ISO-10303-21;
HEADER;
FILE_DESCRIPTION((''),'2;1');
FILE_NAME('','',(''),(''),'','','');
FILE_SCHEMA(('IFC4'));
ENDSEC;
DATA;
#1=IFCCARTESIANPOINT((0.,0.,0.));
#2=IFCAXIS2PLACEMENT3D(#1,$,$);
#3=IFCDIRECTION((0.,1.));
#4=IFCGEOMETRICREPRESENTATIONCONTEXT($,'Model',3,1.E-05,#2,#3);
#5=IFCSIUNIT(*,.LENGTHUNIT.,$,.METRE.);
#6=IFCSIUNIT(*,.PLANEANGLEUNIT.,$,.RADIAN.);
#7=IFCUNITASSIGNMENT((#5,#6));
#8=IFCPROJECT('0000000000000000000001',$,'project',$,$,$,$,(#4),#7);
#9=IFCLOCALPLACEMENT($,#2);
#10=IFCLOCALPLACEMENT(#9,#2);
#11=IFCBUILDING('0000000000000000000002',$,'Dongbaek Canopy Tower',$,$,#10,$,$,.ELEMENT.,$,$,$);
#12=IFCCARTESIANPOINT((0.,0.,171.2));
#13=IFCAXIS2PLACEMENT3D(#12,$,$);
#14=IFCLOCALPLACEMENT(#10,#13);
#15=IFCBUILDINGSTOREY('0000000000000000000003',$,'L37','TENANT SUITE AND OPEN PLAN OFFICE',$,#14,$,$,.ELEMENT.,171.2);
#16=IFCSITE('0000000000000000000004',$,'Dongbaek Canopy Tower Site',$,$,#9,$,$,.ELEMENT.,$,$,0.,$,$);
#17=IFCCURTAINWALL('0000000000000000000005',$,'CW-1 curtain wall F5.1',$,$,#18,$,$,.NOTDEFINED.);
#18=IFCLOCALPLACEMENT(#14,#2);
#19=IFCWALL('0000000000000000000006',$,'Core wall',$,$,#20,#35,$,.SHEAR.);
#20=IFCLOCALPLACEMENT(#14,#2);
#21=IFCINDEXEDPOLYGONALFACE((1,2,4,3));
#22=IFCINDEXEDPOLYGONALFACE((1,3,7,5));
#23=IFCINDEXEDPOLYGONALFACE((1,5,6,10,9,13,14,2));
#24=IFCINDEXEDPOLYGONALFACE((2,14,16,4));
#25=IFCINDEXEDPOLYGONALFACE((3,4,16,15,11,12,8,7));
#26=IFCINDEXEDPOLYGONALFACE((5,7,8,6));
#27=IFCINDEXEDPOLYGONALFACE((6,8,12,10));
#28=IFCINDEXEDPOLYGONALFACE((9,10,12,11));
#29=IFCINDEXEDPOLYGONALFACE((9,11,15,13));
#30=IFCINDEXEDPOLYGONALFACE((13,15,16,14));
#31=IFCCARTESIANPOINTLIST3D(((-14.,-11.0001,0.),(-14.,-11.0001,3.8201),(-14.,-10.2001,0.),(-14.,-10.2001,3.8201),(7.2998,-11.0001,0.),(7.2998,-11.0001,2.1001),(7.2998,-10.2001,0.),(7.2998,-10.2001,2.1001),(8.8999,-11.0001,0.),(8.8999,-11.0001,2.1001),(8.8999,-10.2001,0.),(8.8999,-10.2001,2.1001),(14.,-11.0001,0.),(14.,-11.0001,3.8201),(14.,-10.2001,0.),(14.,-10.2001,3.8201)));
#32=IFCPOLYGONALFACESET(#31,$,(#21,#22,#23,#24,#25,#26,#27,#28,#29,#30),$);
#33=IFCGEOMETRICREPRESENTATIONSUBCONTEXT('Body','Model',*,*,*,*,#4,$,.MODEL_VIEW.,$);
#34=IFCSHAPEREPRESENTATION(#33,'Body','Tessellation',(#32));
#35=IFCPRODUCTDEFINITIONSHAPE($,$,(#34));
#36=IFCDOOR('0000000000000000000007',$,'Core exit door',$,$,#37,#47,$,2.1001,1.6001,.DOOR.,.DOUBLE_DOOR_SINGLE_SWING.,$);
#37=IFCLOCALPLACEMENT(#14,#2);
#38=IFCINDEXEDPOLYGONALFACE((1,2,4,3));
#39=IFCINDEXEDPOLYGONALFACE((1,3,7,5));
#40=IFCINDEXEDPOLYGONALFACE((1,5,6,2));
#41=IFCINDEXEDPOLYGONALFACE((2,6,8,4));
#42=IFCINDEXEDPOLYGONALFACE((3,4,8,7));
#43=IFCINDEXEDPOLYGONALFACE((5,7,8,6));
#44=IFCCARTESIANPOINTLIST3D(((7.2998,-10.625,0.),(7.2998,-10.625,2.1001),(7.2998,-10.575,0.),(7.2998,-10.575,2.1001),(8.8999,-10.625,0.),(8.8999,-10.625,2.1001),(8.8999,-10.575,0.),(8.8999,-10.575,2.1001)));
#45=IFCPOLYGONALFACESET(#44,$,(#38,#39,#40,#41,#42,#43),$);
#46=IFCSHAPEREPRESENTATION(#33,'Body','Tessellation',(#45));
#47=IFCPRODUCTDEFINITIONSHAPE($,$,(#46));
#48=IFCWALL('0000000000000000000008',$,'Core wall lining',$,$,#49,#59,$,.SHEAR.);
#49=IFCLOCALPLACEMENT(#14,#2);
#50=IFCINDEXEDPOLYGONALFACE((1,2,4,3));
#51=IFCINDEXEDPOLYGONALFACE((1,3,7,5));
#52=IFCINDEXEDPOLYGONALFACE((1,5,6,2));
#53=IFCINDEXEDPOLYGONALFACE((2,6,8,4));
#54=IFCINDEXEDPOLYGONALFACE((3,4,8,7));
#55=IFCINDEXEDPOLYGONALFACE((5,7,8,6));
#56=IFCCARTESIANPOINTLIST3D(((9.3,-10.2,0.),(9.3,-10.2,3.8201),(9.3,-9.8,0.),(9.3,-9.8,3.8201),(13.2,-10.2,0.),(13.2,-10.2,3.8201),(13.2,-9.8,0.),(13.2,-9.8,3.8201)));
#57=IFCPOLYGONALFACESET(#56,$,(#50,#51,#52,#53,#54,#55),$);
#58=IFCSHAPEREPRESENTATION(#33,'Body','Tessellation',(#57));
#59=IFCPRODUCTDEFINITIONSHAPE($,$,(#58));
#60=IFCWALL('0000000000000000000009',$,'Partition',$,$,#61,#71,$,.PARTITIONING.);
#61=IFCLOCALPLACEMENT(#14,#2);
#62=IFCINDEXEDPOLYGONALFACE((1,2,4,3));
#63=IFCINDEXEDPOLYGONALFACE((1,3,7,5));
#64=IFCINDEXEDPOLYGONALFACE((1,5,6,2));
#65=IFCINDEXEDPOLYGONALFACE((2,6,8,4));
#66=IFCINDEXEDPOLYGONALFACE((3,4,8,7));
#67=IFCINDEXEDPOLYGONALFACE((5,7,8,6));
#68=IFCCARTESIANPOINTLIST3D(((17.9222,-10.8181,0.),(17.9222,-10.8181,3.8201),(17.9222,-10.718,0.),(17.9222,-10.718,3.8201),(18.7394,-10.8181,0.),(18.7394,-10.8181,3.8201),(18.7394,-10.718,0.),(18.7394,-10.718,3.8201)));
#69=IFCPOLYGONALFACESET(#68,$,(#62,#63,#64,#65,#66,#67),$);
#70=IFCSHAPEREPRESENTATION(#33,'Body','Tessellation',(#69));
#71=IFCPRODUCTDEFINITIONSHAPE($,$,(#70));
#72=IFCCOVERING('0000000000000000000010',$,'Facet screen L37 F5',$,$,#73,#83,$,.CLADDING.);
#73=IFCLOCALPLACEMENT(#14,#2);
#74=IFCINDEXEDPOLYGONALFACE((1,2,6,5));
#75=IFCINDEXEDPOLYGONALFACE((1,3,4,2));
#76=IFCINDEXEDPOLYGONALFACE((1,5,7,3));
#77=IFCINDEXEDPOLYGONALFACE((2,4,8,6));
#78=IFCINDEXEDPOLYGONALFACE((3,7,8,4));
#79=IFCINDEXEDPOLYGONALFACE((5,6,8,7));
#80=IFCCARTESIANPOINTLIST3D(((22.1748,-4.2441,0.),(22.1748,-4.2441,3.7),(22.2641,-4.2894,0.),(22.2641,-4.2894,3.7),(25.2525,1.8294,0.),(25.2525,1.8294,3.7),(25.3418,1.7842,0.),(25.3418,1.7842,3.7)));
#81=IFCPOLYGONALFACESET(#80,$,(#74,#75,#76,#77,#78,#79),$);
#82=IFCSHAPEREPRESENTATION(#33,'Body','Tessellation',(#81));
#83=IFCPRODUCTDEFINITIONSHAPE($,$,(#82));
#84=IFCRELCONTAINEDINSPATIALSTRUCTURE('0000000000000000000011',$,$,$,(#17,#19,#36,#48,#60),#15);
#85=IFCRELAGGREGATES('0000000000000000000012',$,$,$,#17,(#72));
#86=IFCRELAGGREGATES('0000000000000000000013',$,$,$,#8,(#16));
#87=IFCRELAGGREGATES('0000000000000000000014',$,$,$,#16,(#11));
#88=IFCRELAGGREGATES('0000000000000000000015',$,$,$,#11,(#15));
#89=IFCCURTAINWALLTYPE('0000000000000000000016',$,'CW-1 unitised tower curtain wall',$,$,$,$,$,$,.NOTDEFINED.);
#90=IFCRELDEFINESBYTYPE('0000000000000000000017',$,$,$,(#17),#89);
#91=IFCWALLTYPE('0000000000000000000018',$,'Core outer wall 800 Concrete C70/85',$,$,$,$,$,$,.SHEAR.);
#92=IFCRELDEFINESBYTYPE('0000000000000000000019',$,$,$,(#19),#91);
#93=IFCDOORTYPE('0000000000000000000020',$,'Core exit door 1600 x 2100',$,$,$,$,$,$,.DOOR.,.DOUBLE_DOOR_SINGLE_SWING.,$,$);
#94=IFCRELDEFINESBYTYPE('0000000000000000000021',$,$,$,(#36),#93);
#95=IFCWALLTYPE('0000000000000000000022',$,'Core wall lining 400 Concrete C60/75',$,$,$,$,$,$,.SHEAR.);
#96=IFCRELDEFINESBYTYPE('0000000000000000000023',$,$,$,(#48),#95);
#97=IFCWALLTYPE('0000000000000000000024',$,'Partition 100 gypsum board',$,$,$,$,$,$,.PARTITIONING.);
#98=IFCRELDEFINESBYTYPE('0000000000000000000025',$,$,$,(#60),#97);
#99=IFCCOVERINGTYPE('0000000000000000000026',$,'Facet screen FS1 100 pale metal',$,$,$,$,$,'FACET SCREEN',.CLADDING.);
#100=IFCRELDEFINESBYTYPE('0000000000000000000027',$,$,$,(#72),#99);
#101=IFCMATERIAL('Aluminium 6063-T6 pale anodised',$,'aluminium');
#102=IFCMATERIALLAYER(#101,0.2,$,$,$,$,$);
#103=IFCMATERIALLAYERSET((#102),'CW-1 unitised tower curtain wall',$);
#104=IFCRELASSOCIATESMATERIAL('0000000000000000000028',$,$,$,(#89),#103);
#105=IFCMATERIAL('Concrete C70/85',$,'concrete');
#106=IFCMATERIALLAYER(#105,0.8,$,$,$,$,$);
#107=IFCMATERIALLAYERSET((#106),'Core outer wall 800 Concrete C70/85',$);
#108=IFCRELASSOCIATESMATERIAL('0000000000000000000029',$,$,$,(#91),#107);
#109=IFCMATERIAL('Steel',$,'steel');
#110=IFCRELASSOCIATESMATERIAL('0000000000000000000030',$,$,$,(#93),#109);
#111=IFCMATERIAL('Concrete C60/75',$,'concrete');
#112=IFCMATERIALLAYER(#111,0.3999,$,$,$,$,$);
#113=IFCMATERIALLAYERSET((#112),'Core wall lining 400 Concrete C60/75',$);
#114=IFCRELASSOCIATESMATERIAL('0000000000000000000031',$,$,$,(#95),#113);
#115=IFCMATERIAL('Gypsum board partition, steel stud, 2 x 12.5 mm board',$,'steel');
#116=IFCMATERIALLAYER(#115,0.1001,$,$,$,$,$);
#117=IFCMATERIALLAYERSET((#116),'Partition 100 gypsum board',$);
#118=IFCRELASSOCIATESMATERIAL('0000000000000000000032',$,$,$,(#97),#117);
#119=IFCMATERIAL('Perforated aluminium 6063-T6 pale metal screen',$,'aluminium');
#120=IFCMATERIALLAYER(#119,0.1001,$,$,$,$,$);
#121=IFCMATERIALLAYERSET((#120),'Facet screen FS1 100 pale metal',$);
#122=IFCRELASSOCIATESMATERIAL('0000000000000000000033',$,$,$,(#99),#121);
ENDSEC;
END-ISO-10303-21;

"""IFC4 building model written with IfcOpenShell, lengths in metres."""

from ifc_helpers import new_model, si_unit, direction, frame, frame_2d, origin, origin_2d, place, context, subcontext, project, spatial, rectangle, extrude, material, layer, layer_set, type_object, element, fill, aggregate, save


model = new_model("IFC4")

# Units and contexts
model_context = context("Model", 3, precision=1e-05, world=origin(), true_north=direction((0.0, 1.0)))
body_context = subcontext(model_context, "Body", "Model", "MODEL_VIEW")
ifc_project = project(units=[si_unit("LENGTHUNIT", "METRE"), si_unit("PLANEANGLEUNIT", "RADIAN")], contexts=[model_context])

# Site, building, storey
site_placement = place(None, origin())
site = spatial("IfcSite", under=ifc_project, at=site_placement, Name="Dongbaek Canopy Tower Site", CompositionType="ELEMENT", RefElevation=0.0)
building_placement = place(site_placement, origin())
building = spatial("IfcBuilding", under=site, at=building_placement, Name="Dongbaek Canopy Tower", CompositionType="ELEMENT")
storey_placement = place(building_placement, frame((0.0, 0.0, 171.2)))
storey = spatial("IfcBuildingStorey", under=building, at=storey_placement, Name="L37", Description="TENANT SUITE AND OPEN PLAN OFFICE", CompositionType="ELEMENT", Elevation=171.2)

# Curtain wall
ifc_material_1 = material(Name="Aluminium 6063-T6 pale anodised", Category="aluminium")
ifc_layer_1 = layer(ifc_material_1, 0.2)
ifc_layer_set_1 = layer_set([ifc_layer_1], Name="CW-1 unitised tower curtain wall")
curtain_wall_type = type_object("IfcCurtainWallType", Name="CW-1 unitised tower curtain wall", PredefinedType="NOTDEFINED", material=ifc_layer_set_1)
curtain_wall_placement = place(storey_placement, origin())
curtain_wall = element("IfcCurtainWall", 1, at=curtain_wall_placement, inside=storey, type_object=curtain_wall_type, Name="CW-1 curtain wall F5.1", PredefinedType="NOTDEFINED")

# Wall, opening, door
ifc_material_2 = material(Name="Concrete C70/85", Category="concrete")
ifc_layer_2 = layer(ifc_material_2, 0.8)
ifc_layer_set_2 = layer_set([ifc_layer_2], Name="Core outer wall 800 Concrete C70/85")
wall_type_1 = type_object("IfcWallType", Name="Core outer wall 800 Concrete C70/85", PredefinedType="SHEAR", material=ifc_layer_set_2)
wall_1_placement = place(storey_placement, frame((14.0, -10.6001, 0.0), z_axis=(0.0, 0.0, 1.0), x_axis=(-1.0, 0.0, 0.0)))
wall_1 = element("IfcWall", 2, at=wall_1_placement, inside=storey, type_object=wall_type_1, Name="Core wall", PredefinedType="SHEAR", context=body_context, shape_type="SweptSolid", body=[
    extrude(rectangle(XDim=28.0, YDim=0.8, at=frame_2d((14.0, 0.0))), origin(), (0.0, 0.0, 1.0), 3.8201),
])
opening_placement = place(wall_1_placement, frame((5.1001, 0.0, 0.0)))
opening = element("IfcOpeningElement", 3, at=opening_placement, cuts=wall_1, PredefinedType="OPENING", context=body_context, shape_type="SweptSolid", body=[
    extrude(rectangle(XDim=1.6001, YDim=2.1001, at=frame_2d((0.8, 1.05))), frame((0.0, 0.4099, 0.0), z_axis=(0.0, -1.0, 0.0), x_axis=(1.0, 0.0, 0.0)), (0.0, 0.0, 1.0), 0.8201),
])
ifc_material_3 = material(Name="Steel", Category="steel")
door_type = type_object("IfcDoorType", Name="Core exit door 1600 x 2100", OperationType="DOUBLE_DOOR_SINGLE_SWING", PredefinedType="DOOR", material=ifc_material_3)
door_placement = place(opening_placement, origin())
door = element("IfcDoor", 4, at=door_placement, inside=storey, type_object=door_type, Name="Core exit door", OperationType="DOUBLE_DOOR_SINGLE_SWING", OverallHeight=2.1001, OverallWidth=1.6001, PredefinedType="DOOR", context=body_context, shape_type="SweptSolid", body=[
    extrude(rectangle(XDim=1.6001, YDim=2.1001, at=frame_2d((0.8, 1.05))), frame((0.0, 0.0249, 0.0), z_axis=(0.0, -1.0, 0.0), x_axis=(1.0, 0.0, 0.0)), (0.0, 0.0, 1.0), 0.05),
])
fill(opening, door)

# Walls
ifc_material_4 = material(Name="Concrete C60/75", Category="concrete")
ifc_layer_3 = layer(ifc_material_4, 0.3999)
ifc_layer_set_3 = layer_set([ifc_layer_3], Name="Core wall lining 400 Concrete C60/75")
wall_type_2 = type_object("IfcWallType", Name="Core wall lining 400 Concrete C60/75", PredefinedType="SHEAR", material=ifc_layer_set_3)
wall_2_placement = place(storey_placement, frame((13.2, -10.0, 0.0), z_axis=(0.0, 0.0, 1.0), x_axis=(-1.0, 0.0, 0.0)))
element("IfcWall", 5, at=wall_2_placement, inside=storey, type_object=wall_type_2, Name="Core wall lining", PredefinedType="SHEAR", context=body_context, shape_type="SweptSolid", body=[
    extrude(rectangle(XDim=3.8999, YDim=0.3999, at=frame_2d((1.95, 0.0))), origin(), (0.0, 0.0, 1.0), 3.8201),
])
ifc_material_5 = material(Name="Gypsum board partition, steel stud, 2 x 12.5 mm board", Category="steel")
ifc_layer_4 = layer(ifc_material_5, 0.1001)
ifc_layer_set_4 = layer_set([ifc_layer_4], Name="Partition 100 gypsum board")
wall_type_3 = type_object("IfcWallType", Name="Partition 100 gypsum board", PredefinedType="PARTITIONING", material=ifc_layer_set_4)
wall_3_placement = place(storey_placement, frame((17.9221, -10.7681, 0.0), z_axis=(0.0, 0.0, 1.0), x_axis=(1.0, 0.0, 0.0)))
element("IfcWall", 6, at=wall_3_placement, inside=storey, type_object=wall_type_3, Name="Partition", PredefinedType="PARTITIONING", context=body_context, shape_type="SweptSolid", body=[
    extrude(rectangle(XDim=0.8171, YDim=0.1001, at=frame_2d((0.4087, 0.0))), origin(), (0.0, 0.0, 1.0), 3.8201),
])

# Covering
ifc_material_6 = material(Name="Perforated aluminium 6063-T6 pale metal screen", Category="aluminium")
ifc_layer_5 = layer(ifc_material_6, 0.1001)
ifc_layer_set_5 = layer_set([ifc_layer_5], Name="Facet screen FS1 100 pale metal")
covering_type = type_object("IfcCoveringType", Name="Facet screen FS1 100 pale metal", ElementType="FACET SCREEN", PredefinedType="CLADDING", material=ifc_layer_set_5)
covering_placement = place(storey_placement, frame((23.7583, -1.23, 0.0), z_axis=(0.0, 0.0, 1.0), x_axis=(0.45201, 0.892013, 0.0)))
covering = element("IfcCovering", 7, at=covering_placement, type_object=covering_type, Name="Facet screen L37 F5", PredefinedType="CLADDING", context=body_context, shape_type="SweptSolid", body=[
    extrude(rectangle(XDim=6.8088, YDim=0.1001, at=origin_2d()), origin(), (0.0, 0.0, 1.0), 3.7),
])
aggregate(curtain_wall, [covering])

save(model, "model.ifc")
